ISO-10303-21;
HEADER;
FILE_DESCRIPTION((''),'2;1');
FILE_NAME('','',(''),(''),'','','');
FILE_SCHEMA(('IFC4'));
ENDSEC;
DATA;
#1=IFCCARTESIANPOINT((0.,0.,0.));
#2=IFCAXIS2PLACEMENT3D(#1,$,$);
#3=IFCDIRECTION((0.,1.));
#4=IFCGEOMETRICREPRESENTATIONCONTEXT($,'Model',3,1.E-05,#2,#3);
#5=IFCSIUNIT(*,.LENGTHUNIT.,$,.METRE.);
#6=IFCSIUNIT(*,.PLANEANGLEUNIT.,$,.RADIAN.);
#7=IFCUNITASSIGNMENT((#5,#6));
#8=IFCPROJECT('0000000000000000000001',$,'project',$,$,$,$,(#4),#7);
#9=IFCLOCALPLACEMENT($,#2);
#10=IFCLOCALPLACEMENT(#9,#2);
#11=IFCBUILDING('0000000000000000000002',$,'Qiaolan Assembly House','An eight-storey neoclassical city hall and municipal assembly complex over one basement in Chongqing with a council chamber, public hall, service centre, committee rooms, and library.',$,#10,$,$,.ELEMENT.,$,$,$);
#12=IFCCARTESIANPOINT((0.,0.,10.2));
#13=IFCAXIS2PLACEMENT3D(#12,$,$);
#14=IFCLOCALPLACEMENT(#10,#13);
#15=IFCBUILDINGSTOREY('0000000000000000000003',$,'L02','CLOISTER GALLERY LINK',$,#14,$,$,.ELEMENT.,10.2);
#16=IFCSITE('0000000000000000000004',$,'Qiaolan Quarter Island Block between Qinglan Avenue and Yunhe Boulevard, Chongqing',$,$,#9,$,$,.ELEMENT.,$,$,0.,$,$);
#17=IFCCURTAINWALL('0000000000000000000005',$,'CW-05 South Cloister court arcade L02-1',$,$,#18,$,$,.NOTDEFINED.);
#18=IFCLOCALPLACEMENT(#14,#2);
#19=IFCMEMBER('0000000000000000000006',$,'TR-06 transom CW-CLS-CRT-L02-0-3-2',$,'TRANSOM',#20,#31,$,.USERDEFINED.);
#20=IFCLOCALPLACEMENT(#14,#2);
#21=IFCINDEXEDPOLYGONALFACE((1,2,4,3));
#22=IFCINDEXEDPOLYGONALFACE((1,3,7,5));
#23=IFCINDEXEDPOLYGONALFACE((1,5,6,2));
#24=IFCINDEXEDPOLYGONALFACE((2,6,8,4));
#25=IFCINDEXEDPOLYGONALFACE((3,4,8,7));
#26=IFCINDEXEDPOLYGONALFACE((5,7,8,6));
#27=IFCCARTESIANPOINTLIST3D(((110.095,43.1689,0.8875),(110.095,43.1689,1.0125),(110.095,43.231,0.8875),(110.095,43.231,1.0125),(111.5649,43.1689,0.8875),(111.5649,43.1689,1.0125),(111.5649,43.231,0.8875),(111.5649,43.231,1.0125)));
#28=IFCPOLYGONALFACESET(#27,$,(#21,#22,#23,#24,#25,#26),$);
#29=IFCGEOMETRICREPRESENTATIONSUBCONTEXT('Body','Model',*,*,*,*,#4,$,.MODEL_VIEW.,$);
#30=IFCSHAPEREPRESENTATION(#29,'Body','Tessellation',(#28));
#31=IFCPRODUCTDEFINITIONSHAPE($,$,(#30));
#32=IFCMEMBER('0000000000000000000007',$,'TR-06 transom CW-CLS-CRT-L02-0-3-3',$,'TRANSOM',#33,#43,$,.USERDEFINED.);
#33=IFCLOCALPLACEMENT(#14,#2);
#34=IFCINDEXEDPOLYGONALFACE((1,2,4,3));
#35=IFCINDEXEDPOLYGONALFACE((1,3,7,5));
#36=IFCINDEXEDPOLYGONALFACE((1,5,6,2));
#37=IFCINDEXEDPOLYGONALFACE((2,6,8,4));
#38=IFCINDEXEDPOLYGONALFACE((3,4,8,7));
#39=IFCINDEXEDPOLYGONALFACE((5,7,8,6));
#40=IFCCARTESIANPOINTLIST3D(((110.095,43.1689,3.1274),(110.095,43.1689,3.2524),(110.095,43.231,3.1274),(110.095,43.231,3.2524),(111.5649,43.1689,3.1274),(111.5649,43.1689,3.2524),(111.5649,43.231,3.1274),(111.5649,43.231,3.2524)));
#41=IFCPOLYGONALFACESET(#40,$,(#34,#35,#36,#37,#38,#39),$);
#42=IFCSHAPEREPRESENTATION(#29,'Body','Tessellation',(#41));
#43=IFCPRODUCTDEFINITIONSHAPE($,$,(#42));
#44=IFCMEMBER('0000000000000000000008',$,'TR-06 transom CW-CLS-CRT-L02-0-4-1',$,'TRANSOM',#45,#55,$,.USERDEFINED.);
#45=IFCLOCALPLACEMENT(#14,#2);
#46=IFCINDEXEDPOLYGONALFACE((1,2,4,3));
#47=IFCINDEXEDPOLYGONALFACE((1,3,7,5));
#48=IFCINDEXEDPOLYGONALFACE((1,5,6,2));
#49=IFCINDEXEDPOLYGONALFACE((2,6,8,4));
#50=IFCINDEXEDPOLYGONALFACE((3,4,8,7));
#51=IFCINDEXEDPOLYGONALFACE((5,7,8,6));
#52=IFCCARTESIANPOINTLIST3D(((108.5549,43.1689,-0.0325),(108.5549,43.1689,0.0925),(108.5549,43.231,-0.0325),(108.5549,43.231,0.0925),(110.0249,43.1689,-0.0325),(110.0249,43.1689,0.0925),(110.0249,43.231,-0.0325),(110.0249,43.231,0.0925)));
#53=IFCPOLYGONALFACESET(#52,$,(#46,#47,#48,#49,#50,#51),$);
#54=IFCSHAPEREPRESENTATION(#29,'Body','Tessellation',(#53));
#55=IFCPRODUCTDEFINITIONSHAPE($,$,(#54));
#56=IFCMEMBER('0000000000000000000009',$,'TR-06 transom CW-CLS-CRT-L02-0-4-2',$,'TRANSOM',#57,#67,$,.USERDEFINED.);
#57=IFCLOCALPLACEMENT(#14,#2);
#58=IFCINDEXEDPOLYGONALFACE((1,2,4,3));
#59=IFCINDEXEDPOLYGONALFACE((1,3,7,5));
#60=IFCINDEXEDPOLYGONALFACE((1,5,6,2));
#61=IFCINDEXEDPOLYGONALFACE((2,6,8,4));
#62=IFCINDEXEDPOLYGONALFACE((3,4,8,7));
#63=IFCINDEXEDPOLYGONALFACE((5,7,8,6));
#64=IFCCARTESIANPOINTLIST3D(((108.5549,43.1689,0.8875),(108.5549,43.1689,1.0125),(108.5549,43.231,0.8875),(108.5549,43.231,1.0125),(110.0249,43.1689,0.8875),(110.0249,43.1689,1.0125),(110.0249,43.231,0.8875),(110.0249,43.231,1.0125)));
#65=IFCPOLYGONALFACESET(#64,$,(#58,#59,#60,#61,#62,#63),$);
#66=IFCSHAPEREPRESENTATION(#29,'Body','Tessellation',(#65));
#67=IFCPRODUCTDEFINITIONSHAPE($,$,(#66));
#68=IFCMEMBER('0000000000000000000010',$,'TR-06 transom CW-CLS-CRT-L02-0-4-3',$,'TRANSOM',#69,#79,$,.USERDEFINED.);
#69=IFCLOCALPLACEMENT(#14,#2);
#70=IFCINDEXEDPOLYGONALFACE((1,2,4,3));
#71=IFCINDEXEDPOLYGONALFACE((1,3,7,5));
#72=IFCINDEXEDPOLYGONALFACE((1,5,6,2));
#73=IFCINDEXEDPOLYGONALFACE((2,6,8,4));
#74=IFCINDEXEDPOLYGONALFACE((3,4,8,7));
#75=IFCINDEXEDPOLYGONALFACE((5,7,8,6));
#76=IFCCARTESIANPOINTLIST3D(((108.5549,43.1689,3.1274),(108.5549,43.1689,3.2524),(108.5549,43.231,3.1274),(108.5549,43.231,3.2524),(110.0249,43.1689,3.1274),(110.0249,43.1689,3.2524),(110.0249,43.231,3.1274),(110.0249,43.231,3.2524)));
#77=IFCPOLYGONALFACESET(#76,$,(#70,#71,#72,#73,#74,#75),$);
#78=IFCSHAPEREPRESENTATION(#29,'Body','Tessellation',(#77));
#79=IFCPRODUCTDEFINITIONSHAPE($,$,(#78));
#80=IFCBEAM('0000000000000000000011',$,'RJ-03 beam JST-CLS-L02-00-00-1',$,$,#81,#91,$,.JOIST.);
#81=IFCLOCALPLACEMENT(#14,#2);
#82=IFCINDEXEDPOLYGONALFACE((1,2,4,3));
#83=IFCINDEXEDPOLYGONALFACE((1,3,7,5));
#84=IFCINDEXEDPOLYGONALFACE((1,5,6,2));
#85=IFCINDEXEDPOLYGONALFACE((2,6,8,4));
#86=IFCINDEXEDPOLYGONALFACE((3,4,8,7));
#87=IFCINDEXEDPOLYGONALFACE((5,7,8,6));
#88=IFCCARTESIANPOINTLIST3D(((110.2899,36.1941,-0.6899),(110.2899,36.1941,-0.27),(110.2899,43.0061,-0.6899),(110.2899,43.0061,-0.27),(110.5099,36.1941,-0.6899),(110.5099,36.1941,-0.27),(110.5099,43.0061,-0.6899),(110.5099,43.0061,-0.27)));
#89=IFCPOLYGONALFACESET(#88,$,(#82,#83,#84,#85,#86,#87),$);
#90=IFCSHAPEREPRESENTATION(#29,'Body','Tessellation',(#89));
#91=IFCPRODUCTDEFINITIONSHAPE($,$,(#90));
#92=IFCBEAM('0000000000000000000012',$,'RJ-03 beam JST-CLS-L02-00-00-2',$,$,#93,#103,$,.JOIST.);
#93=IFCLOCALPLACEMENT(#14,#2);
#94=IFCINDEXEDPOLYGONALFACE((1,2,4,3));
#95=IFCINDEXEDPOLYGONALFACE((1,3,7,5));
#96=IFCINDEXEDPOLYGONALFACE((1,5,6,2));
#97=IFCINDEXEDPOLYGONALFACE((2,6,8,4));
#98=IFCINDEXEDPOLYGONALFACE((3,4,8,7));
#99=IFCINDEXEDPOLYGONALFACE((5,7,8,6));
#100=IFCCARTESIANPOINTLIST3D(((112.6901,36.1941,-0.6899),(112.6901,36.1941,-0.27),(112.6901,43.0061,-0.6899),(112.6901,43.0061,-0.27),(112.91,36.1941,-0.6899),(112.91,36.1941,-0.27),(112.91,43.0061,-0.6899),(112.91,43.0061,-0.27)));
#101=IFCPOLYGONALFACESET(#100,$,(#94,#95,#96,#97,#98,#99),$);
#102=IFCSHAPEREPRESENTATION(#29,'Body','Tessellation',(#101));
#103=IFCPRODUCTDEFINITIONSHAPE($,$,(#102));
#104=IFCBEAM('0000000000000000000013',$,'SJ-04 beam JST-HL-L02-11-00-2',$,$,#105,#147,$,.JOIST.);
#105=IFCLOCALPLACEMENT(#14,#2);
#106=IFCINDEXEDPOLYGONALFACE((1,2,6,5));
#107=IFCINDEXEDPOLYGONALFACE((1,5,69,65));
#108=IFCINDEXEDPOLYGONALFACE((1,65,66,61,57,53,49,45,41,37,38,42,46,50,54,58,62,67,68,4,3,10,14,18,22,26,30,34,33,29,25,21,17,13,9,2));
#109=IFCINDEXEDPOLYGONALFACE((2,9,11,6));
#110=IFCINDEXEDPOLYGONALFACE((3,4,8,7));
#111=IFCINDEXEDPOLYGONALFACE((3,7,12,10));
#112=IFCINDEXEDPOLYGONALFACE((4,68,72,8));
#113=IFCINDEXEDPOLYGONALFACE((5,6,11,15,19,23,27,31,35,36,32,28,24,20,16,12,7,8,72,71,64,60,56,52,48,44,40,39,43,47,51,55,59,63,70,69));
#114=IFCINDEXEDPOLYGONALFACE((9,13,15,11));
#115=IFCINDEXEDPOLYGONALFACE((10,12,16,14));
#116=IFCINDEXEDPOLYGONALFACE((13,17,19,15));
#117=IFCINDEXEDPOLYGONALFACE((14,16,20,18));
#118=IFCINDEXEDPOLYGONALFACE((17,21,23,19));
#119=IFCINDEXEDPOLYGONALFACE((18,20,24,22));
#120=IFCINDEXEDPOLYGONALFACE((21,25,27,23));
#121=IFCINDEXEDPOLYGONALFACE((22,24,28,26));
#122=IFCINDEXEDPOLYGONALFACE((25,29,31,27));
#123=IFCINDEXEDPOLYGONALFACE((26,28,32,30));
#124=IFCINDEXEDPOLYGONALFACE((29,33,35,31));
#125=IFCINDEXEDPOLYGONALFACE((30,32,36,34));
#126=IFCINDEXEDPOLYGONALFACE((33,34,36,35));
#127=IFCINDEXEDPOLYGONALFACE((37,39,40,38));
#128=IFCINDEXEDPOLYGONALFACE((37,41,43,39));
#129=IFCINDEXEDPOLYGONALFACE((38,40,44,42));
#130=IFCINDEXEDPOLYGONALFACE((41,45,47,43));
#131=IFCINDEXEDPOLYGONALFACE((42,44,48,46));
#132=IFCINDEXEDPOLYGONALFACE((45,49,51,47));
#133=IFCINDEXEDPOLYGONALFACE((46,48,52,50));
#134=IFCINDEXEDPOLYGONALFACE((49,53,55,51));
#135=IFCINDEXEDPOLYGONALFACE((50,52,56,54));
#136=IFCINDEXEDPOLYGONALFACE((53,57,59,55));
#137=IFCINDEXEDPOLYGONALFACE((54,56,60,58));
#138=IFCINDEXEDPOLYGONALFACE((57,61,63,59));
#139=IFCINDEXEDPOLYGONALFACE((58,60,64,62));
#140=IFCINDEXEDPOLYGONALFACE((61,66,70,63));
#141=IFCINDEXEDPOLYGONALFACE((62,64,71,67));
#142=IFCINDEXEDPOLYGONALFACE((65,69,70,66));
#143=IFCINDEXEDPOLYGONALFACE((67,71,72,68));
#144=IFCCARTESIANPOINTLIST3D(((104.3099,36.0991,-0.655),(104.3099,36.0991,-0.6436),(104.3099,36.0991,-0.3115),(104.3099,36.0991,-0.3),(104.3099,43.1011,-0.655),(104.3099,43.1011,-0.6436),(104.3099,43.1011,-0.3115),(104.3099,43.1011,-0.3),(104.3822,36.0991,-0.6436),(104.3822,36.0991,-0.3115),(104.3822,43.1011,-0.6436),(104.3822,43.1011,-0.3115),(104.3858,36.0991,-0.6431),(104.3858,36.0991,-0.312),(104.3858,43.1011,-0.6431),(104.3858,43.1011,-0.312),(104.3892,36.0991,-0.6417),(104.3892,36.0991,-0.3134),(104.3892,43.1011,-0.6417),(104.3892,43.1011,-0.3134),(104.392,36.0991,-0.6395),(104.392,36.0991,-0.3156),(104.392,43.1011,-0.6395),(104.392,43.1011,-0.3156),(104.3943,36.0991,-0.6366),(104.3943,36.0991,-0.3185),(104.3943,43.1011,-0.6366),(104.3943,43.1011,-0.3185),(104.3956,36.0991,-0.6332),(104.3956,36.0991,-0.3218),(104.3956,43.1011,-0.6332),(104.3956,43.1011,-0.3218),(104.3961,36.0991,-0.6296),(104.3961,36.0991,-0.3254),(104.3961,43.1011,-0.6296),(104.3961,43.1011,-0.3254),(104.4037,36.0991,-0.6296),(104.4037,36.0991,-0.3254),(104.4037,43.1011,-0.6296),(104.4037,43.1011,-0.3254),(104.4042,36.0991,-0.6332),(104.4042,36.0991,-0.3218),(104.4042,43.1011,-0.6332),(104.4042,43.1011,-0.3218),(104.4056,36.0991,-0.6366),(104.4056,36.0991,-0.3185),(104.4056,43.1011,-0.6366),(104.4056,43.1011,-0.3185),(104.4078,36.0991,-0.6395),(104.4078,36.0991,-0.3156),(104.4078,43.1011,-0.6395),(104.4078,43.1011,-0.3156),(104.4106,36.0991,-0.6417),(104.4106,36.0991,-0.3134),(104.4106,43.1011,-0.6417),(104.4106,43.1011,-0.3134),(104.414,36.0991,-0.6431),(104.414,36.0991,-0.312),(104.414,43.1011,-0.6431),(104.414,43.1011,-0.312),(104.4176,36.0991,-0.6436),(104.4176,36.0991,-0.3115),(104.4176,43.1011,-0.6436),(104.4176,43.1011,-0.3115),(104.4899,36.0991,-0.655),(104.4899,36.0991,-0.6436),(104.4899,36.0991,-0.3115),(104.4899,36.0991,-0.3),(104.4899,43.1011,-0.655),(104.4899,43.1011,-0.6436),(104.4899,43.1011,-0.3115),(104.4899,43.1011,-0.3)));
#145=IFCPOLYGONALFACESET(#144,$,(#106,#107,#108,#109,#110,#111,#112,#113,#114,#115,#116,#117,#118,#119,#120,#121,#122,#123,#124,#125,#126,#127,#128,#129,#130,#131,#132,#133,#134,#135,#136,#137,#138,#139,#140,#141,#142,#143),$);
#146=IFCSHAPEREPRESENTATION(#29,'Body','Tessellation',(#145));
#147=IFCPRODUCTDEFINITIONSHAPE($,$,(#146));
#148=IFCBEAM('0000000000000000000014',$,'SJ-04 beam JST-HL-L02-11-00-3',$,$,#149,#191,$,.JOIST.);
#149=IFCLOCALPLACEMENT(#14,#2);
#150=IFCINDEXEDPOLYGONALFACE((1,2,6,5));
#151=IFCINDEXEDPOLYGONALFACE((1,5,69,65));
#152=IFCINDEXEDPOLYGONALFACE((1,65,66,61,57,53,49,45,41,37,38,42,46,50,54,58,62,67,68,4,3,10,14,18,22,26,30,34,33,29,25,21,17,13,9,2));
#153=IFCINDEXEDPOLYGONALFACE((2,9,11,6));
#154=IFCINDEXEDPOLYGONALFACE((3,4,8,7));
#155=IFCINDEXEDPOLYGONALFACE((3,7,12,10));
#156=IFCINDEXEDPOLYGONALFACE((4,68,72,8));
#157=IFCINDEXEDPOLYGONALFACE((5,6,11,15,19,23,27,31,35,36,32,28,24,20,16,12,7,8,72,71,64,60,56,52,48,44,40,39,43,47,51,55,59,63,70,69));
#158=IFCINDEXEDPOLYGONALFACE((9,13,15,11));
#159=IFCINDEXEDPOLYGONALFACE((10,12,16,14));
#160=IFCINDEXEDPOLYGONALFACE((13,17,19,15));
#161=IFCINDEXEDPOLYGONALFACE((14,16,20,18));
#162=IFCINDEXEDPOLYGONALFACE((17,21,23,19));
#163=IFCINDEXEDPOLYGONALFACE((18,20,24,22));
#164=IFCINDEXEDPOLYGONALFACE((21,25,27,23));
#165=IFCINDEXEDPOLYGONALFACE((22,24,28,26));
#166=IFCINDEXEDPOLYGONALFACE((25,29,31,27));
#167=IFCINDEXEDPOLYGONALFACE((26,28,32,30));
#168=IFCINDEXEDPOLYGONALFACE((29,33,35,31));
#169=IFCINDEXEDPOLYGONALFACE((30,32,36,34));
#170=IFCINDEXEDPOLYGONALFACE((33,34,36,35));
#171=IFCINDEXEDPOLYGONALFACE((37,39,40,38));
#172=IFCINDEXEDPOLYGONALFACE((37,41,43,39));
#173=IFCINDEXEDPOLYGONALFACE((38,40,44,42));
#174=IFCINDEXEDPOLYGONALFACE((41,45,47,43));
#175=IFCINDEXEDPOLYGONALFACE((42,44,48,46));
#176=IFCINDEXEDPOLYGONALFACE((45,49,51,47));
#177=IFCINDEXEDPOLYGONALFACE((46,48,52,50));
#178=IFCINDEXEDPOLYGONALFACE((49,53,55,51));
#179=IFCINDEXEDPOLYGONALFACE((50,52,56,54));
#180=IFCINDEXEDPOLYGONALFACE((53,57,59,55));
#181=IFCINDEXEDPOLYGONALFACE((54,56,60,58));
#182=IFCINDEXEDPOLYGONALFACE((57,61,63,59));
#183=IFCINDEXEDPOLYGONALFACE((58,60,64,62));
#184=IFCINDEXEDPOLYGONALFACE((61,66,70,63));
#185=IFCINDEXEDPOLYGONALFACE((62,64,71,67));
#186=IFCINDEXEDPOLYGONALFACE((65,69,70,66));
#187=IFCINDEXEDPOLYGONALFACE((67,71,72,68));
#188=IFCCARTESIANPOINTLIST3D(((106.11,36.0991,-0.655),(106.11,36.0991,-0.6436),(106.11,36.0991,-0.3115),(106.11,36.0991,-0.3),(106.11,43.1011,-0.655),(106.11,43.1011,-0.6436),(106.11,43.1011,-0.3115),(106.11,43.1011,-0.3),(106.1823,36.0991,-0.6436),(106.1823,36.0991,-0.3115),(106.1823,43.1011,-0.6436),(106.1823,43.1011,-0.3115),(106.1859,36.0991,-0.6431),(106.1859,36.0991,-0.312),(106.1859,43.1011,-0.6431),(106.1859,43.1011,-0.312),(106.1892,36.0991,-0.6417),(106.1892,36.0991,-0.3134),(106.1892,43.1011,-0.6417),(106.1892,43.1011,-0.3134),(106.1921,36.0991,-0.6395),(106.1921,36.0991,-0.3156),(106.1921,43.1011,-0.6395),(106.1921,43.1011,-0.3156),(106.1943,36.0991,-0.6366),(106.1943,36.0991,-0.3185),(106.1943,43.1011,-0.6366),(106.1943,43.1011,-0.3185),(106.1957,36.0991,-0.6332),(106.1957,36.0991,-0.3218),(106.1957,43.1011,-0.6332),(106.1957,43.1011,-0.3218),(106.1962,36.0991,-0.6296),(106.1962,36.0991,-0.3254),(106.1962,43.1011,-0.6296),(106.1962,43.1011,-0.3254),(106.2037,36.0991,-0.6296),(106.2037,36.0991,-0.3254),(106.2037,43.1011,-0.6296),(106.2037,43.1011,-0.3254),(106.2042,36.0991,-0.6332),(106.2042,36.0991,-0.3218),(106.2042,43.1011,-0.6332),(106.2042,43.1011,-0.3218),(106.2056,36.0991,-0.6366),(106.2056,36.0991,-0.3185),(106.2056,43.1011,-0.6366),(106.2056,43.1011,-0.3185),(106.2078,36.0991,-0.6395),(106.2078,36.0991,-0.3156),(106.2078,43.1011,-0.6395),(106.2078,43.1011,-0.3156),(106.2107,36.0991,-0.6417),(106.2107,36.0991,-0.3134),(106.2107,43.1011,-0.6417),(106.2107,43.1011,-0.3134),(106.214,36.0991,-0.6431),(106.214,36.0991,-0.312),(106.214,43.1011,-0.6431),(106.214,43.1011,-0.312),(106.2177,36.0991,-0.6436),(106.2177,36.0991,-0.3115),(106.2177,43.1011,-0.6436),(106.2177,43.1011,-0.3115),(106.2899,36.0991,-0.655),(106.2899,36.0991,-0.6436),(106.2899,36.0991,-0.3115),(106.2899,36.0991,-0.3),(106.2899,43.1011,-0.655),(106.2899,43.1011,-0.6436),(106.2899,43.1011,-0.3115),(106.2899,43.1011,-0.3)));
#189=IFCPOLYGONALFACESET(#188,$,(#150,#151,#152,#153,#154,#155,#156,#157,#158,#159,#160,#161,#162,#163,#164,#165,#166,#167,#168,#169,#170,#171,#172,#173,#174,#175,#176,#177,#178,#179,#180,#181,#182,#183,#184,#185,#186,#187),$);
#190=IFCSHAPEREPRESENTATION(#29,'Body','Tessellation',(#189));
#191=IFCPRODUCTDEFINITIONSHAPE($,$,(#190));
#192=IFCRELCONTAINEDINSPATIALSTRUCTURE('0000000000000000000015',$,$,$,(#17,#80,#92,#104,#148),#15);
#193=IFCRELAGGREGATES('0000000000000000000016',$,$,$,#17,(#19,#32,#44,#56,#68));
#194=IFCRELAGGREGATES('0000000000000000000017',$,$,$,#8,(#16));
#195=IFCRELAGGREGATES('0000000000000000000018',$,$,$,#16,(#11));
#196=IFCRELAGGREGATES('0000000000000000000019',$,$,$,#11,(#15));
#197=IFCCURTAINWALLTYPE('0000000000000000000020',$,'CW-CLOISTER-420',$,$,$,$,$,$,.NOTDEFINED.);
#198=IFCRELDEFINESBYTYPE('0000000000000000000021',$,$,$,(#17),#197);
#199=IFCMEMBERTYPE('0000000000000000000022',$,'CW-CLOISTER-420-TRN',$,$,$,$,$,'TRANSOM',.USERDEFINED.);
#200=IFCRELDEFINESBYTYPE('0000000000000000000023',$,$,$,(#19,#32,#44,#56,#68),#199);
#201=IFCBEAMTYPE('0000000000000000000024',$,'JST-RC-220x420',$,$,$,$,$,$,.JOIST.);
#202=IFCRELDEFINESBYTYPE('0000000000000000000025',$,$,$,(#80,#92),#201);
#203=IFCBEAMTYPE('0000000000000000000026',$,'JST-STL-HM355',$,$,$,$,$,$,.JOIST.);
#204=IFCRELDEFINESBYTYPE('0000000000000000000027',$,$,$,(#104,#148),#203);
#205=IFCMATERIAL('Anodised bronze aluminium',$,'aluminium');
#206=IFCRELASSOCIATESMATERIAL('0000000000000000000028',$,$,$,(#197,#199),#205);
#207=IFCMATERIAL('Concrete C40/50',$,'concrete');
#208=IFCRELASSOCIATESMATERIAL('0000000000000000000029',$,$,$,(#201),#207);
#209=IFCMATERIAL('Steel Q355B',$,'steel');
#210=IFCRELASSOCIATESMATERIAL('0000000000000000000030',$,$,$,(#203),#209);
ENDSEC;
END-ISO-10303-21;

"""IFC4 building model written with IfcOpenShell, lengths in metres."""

from ifc_helpers import new_model, si_unit, direction, frame, origin, origin_2d, place, context, subcontext, project, spatial, rectangle, i_section, extrude, material, material_profile, profile_set, type_object, element, aggregate, save


model = new_model("IFC4")

# Units and contexts
model_context = context("Model", 3, precision=1e-05, world=origin(), true_north=direction((0.0, 1.0)))
body_context = subcontext(model_context, "Body", "Model", "MODEL_VIEW")
ifc_project = project(units=[si_unit("LENGTHUNIT", "METRE"), si_unit("PLANEANGLEUNIT", "RADIAN")], contexts=[model_context])

# Site, building, storey
site_placement = place(None, origin())
site = spatial("IfcSite", under=ifc_project, at=site_placement, Name="Qiaolan Quarter Island Block between Qinglan Avenue and Yunhe Boulevard, Chongqing", CompositionType="ELEMENT", RefElevation=0.0)
building_placement = place(site_placement, origin())
building = spatial("IfcBuilding", under=site, at=building_placement, Name="Qiaolan Assembly House", Description="An eight-storey neoclassical city hall and municipal assembly complex over one basement in Chongqing with a council chamber, public hall, service centre, committee rooms, and library.", CompositionType="ELEMENT")
storey_placement = place(building_placement, frame((0.0, 0.0, 10.2)))
storey = spatial("IfcBuildingStorey", under=building, at=storey_placement, Name="L02", Description="CLOISTER GALLERY LINK", CompositionType="ELEMENT", Elevation=10.2)

# Shared definitions
ifc_material_1 = material(Name="Steel Q355B", Category="steel")

# Shared definitions
ifc_material_2 = material(Name="Concrete C40/50", Category="concrete")

# Shared definitions
ifc_material_3 = material(Name="Anodised bronze aluminium", Category="aluminium")
curtain_wall_type = type_object("IfcCurtainWallType", Name="CW-CLOISTER-420", PredefinedType="NOTDEFINED", material=ifc_material_3)

# Curtain wall
curtain_wall_1_placement = place(storey_placement, origin())
curtain_wall_1 = element("IfcCurtainWall", 1, at=curtain_wall_1_placement, inside=storey, type_object=curtain_wall_type, Name="CW-05 South Cloister court arcade L02-1", PredefinedType="NOTDEFINED")

# Members
ifc_material_profile_1 = material_profile(ifc_material_3, rectangle(XDim=0.062, YDim=0.125, at=origin_2d()), Name="TRN 62x125")
ifc_profile_set_1 = profile_set([ifc_material_profile_1], Name="Anodised bronze aluminium")
member_type_1 = type_object("IfcMemberType", Name="CW-CLOISTER-420-TRN", ElementType="TRANSOM", PredefinedType="USERDEFINED", material=ifc_profile_set_1)
member_1_placement = place(storey_placement, frame((111.5649, 43.2, 0.95), z_axis=(-1.0, 0.0, 0.0), x_axis=(0.0, -1.0, 0.0)))
member_1 = element("IfcMember", 2, at=member_1_placement, type_object=member_type_1, Name="TR-06 transom CW-CLS-CRT-L02-0-3-2", ObjectType="TRANSOM", PredefinedType="USERDEFINED", context=body_context, shape_type="SweptSolid", body=[
    extrude(rectangle(XDim=0.062, YDim=0.125, at=origin_2d()), origin(), (0.0, 0.0, 1.0), 1.47),
])
member_2_placement = place(storey_placement, frame((111.5649, 43.2, 3.1899), z_axis=(-1.0, 0.0, 0.0), x_axis=(0.0, -1.0, 0.0)))
member_2 = element("IfcMember", 3, at=member_2_placement, type_object=member_type_1, Name="TR-06 transom CW-CLS-CRT-L02-0-3-3", ObjectType="TRANSOM", PredefinedType="USERDEFINED", context=body_context, shape_type="SweptSolid", body=[
    extrude(rectangle(XDim=0.062, YDim=0.125, at=origin_2d()), origin(), (0.0, 0.0, 1.0), 1.47),
])
member_3_placement = place(storey_placement, frame((110.0249, 43.2, 0.03), z_axis=(-1.0, 0.0, 0.0), x_axis=(0.0, -1.0, 0.0)))
member_3 = element("IfcMember", 4, at=member_3_placement, type_object=member_type_1, Name="TR-06 transom CW-CLS-CRT-L02-0-4-1", ObjectType="TRANSOM", PredefinedType="USERDEFINED", context=body_context, shape_type="SweptSolid", body=[
    extrude(rectangle(XDim=0.062, YDim=0.125, at=origin_2d()), origin(), (0.0, 0.0, 1.0), 1.47),
])
member_4_placement = place(storey_placement, frame((110.0249, 43.2, 0.95), z_axis=(-1.0, 0.0, 0.0), x_axis=(0.0, -1.0, 0.0)))
member_4 = element("IfcMember", 5, at=member_4_placement, type_object=member_type_1, Name="TR-06 transom CW-CLS-CRT-L02-0-4-2", ObjectType="TRANSOM", PredefinedType="USERDEFINED", context=body_context, shape_type="SweptSolid", body=[
    extrude(rectangle(XDim=0.062, YDim=0.125, at=origin_2d()), origin(), (0.0, 0.0, 1.0), 1.47),
])
member_5_placement = place(storey_placement, frame((110.0249, 43.2, 3.1899), z_axis=(-1.0, 0.0, 0.0), x_axis=(0.0, -1.0, 0.0)))
member_5 = element("IfcMember", 6, at=member_5_placement, type_object=member_type_1, Name="TR-06 transom CW-CLS-CRT-L02-0-4-3", ObjectType="TRANSOM", PredefinedType="USERDEFINED", context=body_context, shape_type="SweptSolid", body=[
    extrude(rectangle(XDim=0.062, YDim=0.125, at=origin_2d()), origin(), (0.0, 0.0, 1.0), 1.47),
])

# Beams
ifc_material_profile_2 = material_profile(ifc_material_2, rectangle(XDim=0.22, YDim=0.4199, at=origin_2d()), Name="RCB 220x420")
ifc_profile_set_2 = profile_set([ifc_material_profile_2], Name="Concrete C40/50")
beam_type_1 = type_object("IfcBeamType", Name="JST-RC-220x420", PredefinedType="JOIST", material=ifc_profile_set_2)
for number, where, z_axis, x_axis, name in (
    (7, (110.3999, 36.1941, -0.48), (0.0, 1.0, 0.0), (-1.0, 0.0, 0.0), "RJ-03 beam JST-CLS-L02-00-00-1"),
    (8, (112.8, 36.1941, -0.48), (0.0, 1.0, 0.0), (-1.0, 0.0, 0.0), "RJ-03 beam JST-CLS-L02-00-00-2"),
):
    element("IfcBeam", number, at=place(storey_placement, frame(where, z_axis=z_axis, x_axis=x_axis)), inside=storey, type_object=beam_type_1, Name=name, PredefinedType="JOIST", context=body_context, shape_type="SweptSolid", body=[
        extrude(rectangle(XDim=0.22, YDim=0.4199, at=origin_2d()), origin(), (0.0, 0.0, 1.0), 6.812),
    ])
ifc_material_profile_3 = material_profile(ifc_material_1, i_section(OverallWidth=0.1799, OverallDepth=0.355, WebThickness=0.0076, FlangeThickness=0.0115, FilletRadius=0.0139, at=origin_2d()), Name="HM 355x180x7.5x11.5")
ifc_profile_set_3 = profile_set([ifc_material_profile_3], Name="Steel Q355B")
beam_type_2 = type_object("IfcBeamType", Name="JST-STL-HM355", PredefinedType="JOIST", material=ifc_profile_set_3)
for number, where, z_axis, x_axis, name in (
    (9, (104.3999, 36.0991, -0.4775), (0.0, 1.0, 0.0), (-1.0, 0.0, 0.0), "SJ-04 beam JST-HL-L02-11-00-2"),
    (10, (106.2, 36.0991, -0.4775), (0.0, 1.0, 0.0), (-1.0, 0.0, 0.0), "SJ-04 beam JST-HL-L02-11-00-3"),
):
    element("IfcBeam", number, at=place(storey_placement, frame(where, z_axis=z_axis, x_axis=x_axis)), inside=storey, type_object=beam_type_2, Name=name, PredefinedType="JOIST", context=body_context, shape_type="SweptSolid", body=[
        extrude(i_section(OverallWidth=0.1799, OverallDepth=0.355, WebThickness=0.0076, FlangeThickness=0.0115, FilletRadius=0.0139, at=origin_2d()), origin(), (0.0, 0.0, 1.0), 7.002),
    ])

aggregate(curtain_wall_1, [member_1, member_2, member_3, member_4, member_5])

save(model, "model.ifc")
